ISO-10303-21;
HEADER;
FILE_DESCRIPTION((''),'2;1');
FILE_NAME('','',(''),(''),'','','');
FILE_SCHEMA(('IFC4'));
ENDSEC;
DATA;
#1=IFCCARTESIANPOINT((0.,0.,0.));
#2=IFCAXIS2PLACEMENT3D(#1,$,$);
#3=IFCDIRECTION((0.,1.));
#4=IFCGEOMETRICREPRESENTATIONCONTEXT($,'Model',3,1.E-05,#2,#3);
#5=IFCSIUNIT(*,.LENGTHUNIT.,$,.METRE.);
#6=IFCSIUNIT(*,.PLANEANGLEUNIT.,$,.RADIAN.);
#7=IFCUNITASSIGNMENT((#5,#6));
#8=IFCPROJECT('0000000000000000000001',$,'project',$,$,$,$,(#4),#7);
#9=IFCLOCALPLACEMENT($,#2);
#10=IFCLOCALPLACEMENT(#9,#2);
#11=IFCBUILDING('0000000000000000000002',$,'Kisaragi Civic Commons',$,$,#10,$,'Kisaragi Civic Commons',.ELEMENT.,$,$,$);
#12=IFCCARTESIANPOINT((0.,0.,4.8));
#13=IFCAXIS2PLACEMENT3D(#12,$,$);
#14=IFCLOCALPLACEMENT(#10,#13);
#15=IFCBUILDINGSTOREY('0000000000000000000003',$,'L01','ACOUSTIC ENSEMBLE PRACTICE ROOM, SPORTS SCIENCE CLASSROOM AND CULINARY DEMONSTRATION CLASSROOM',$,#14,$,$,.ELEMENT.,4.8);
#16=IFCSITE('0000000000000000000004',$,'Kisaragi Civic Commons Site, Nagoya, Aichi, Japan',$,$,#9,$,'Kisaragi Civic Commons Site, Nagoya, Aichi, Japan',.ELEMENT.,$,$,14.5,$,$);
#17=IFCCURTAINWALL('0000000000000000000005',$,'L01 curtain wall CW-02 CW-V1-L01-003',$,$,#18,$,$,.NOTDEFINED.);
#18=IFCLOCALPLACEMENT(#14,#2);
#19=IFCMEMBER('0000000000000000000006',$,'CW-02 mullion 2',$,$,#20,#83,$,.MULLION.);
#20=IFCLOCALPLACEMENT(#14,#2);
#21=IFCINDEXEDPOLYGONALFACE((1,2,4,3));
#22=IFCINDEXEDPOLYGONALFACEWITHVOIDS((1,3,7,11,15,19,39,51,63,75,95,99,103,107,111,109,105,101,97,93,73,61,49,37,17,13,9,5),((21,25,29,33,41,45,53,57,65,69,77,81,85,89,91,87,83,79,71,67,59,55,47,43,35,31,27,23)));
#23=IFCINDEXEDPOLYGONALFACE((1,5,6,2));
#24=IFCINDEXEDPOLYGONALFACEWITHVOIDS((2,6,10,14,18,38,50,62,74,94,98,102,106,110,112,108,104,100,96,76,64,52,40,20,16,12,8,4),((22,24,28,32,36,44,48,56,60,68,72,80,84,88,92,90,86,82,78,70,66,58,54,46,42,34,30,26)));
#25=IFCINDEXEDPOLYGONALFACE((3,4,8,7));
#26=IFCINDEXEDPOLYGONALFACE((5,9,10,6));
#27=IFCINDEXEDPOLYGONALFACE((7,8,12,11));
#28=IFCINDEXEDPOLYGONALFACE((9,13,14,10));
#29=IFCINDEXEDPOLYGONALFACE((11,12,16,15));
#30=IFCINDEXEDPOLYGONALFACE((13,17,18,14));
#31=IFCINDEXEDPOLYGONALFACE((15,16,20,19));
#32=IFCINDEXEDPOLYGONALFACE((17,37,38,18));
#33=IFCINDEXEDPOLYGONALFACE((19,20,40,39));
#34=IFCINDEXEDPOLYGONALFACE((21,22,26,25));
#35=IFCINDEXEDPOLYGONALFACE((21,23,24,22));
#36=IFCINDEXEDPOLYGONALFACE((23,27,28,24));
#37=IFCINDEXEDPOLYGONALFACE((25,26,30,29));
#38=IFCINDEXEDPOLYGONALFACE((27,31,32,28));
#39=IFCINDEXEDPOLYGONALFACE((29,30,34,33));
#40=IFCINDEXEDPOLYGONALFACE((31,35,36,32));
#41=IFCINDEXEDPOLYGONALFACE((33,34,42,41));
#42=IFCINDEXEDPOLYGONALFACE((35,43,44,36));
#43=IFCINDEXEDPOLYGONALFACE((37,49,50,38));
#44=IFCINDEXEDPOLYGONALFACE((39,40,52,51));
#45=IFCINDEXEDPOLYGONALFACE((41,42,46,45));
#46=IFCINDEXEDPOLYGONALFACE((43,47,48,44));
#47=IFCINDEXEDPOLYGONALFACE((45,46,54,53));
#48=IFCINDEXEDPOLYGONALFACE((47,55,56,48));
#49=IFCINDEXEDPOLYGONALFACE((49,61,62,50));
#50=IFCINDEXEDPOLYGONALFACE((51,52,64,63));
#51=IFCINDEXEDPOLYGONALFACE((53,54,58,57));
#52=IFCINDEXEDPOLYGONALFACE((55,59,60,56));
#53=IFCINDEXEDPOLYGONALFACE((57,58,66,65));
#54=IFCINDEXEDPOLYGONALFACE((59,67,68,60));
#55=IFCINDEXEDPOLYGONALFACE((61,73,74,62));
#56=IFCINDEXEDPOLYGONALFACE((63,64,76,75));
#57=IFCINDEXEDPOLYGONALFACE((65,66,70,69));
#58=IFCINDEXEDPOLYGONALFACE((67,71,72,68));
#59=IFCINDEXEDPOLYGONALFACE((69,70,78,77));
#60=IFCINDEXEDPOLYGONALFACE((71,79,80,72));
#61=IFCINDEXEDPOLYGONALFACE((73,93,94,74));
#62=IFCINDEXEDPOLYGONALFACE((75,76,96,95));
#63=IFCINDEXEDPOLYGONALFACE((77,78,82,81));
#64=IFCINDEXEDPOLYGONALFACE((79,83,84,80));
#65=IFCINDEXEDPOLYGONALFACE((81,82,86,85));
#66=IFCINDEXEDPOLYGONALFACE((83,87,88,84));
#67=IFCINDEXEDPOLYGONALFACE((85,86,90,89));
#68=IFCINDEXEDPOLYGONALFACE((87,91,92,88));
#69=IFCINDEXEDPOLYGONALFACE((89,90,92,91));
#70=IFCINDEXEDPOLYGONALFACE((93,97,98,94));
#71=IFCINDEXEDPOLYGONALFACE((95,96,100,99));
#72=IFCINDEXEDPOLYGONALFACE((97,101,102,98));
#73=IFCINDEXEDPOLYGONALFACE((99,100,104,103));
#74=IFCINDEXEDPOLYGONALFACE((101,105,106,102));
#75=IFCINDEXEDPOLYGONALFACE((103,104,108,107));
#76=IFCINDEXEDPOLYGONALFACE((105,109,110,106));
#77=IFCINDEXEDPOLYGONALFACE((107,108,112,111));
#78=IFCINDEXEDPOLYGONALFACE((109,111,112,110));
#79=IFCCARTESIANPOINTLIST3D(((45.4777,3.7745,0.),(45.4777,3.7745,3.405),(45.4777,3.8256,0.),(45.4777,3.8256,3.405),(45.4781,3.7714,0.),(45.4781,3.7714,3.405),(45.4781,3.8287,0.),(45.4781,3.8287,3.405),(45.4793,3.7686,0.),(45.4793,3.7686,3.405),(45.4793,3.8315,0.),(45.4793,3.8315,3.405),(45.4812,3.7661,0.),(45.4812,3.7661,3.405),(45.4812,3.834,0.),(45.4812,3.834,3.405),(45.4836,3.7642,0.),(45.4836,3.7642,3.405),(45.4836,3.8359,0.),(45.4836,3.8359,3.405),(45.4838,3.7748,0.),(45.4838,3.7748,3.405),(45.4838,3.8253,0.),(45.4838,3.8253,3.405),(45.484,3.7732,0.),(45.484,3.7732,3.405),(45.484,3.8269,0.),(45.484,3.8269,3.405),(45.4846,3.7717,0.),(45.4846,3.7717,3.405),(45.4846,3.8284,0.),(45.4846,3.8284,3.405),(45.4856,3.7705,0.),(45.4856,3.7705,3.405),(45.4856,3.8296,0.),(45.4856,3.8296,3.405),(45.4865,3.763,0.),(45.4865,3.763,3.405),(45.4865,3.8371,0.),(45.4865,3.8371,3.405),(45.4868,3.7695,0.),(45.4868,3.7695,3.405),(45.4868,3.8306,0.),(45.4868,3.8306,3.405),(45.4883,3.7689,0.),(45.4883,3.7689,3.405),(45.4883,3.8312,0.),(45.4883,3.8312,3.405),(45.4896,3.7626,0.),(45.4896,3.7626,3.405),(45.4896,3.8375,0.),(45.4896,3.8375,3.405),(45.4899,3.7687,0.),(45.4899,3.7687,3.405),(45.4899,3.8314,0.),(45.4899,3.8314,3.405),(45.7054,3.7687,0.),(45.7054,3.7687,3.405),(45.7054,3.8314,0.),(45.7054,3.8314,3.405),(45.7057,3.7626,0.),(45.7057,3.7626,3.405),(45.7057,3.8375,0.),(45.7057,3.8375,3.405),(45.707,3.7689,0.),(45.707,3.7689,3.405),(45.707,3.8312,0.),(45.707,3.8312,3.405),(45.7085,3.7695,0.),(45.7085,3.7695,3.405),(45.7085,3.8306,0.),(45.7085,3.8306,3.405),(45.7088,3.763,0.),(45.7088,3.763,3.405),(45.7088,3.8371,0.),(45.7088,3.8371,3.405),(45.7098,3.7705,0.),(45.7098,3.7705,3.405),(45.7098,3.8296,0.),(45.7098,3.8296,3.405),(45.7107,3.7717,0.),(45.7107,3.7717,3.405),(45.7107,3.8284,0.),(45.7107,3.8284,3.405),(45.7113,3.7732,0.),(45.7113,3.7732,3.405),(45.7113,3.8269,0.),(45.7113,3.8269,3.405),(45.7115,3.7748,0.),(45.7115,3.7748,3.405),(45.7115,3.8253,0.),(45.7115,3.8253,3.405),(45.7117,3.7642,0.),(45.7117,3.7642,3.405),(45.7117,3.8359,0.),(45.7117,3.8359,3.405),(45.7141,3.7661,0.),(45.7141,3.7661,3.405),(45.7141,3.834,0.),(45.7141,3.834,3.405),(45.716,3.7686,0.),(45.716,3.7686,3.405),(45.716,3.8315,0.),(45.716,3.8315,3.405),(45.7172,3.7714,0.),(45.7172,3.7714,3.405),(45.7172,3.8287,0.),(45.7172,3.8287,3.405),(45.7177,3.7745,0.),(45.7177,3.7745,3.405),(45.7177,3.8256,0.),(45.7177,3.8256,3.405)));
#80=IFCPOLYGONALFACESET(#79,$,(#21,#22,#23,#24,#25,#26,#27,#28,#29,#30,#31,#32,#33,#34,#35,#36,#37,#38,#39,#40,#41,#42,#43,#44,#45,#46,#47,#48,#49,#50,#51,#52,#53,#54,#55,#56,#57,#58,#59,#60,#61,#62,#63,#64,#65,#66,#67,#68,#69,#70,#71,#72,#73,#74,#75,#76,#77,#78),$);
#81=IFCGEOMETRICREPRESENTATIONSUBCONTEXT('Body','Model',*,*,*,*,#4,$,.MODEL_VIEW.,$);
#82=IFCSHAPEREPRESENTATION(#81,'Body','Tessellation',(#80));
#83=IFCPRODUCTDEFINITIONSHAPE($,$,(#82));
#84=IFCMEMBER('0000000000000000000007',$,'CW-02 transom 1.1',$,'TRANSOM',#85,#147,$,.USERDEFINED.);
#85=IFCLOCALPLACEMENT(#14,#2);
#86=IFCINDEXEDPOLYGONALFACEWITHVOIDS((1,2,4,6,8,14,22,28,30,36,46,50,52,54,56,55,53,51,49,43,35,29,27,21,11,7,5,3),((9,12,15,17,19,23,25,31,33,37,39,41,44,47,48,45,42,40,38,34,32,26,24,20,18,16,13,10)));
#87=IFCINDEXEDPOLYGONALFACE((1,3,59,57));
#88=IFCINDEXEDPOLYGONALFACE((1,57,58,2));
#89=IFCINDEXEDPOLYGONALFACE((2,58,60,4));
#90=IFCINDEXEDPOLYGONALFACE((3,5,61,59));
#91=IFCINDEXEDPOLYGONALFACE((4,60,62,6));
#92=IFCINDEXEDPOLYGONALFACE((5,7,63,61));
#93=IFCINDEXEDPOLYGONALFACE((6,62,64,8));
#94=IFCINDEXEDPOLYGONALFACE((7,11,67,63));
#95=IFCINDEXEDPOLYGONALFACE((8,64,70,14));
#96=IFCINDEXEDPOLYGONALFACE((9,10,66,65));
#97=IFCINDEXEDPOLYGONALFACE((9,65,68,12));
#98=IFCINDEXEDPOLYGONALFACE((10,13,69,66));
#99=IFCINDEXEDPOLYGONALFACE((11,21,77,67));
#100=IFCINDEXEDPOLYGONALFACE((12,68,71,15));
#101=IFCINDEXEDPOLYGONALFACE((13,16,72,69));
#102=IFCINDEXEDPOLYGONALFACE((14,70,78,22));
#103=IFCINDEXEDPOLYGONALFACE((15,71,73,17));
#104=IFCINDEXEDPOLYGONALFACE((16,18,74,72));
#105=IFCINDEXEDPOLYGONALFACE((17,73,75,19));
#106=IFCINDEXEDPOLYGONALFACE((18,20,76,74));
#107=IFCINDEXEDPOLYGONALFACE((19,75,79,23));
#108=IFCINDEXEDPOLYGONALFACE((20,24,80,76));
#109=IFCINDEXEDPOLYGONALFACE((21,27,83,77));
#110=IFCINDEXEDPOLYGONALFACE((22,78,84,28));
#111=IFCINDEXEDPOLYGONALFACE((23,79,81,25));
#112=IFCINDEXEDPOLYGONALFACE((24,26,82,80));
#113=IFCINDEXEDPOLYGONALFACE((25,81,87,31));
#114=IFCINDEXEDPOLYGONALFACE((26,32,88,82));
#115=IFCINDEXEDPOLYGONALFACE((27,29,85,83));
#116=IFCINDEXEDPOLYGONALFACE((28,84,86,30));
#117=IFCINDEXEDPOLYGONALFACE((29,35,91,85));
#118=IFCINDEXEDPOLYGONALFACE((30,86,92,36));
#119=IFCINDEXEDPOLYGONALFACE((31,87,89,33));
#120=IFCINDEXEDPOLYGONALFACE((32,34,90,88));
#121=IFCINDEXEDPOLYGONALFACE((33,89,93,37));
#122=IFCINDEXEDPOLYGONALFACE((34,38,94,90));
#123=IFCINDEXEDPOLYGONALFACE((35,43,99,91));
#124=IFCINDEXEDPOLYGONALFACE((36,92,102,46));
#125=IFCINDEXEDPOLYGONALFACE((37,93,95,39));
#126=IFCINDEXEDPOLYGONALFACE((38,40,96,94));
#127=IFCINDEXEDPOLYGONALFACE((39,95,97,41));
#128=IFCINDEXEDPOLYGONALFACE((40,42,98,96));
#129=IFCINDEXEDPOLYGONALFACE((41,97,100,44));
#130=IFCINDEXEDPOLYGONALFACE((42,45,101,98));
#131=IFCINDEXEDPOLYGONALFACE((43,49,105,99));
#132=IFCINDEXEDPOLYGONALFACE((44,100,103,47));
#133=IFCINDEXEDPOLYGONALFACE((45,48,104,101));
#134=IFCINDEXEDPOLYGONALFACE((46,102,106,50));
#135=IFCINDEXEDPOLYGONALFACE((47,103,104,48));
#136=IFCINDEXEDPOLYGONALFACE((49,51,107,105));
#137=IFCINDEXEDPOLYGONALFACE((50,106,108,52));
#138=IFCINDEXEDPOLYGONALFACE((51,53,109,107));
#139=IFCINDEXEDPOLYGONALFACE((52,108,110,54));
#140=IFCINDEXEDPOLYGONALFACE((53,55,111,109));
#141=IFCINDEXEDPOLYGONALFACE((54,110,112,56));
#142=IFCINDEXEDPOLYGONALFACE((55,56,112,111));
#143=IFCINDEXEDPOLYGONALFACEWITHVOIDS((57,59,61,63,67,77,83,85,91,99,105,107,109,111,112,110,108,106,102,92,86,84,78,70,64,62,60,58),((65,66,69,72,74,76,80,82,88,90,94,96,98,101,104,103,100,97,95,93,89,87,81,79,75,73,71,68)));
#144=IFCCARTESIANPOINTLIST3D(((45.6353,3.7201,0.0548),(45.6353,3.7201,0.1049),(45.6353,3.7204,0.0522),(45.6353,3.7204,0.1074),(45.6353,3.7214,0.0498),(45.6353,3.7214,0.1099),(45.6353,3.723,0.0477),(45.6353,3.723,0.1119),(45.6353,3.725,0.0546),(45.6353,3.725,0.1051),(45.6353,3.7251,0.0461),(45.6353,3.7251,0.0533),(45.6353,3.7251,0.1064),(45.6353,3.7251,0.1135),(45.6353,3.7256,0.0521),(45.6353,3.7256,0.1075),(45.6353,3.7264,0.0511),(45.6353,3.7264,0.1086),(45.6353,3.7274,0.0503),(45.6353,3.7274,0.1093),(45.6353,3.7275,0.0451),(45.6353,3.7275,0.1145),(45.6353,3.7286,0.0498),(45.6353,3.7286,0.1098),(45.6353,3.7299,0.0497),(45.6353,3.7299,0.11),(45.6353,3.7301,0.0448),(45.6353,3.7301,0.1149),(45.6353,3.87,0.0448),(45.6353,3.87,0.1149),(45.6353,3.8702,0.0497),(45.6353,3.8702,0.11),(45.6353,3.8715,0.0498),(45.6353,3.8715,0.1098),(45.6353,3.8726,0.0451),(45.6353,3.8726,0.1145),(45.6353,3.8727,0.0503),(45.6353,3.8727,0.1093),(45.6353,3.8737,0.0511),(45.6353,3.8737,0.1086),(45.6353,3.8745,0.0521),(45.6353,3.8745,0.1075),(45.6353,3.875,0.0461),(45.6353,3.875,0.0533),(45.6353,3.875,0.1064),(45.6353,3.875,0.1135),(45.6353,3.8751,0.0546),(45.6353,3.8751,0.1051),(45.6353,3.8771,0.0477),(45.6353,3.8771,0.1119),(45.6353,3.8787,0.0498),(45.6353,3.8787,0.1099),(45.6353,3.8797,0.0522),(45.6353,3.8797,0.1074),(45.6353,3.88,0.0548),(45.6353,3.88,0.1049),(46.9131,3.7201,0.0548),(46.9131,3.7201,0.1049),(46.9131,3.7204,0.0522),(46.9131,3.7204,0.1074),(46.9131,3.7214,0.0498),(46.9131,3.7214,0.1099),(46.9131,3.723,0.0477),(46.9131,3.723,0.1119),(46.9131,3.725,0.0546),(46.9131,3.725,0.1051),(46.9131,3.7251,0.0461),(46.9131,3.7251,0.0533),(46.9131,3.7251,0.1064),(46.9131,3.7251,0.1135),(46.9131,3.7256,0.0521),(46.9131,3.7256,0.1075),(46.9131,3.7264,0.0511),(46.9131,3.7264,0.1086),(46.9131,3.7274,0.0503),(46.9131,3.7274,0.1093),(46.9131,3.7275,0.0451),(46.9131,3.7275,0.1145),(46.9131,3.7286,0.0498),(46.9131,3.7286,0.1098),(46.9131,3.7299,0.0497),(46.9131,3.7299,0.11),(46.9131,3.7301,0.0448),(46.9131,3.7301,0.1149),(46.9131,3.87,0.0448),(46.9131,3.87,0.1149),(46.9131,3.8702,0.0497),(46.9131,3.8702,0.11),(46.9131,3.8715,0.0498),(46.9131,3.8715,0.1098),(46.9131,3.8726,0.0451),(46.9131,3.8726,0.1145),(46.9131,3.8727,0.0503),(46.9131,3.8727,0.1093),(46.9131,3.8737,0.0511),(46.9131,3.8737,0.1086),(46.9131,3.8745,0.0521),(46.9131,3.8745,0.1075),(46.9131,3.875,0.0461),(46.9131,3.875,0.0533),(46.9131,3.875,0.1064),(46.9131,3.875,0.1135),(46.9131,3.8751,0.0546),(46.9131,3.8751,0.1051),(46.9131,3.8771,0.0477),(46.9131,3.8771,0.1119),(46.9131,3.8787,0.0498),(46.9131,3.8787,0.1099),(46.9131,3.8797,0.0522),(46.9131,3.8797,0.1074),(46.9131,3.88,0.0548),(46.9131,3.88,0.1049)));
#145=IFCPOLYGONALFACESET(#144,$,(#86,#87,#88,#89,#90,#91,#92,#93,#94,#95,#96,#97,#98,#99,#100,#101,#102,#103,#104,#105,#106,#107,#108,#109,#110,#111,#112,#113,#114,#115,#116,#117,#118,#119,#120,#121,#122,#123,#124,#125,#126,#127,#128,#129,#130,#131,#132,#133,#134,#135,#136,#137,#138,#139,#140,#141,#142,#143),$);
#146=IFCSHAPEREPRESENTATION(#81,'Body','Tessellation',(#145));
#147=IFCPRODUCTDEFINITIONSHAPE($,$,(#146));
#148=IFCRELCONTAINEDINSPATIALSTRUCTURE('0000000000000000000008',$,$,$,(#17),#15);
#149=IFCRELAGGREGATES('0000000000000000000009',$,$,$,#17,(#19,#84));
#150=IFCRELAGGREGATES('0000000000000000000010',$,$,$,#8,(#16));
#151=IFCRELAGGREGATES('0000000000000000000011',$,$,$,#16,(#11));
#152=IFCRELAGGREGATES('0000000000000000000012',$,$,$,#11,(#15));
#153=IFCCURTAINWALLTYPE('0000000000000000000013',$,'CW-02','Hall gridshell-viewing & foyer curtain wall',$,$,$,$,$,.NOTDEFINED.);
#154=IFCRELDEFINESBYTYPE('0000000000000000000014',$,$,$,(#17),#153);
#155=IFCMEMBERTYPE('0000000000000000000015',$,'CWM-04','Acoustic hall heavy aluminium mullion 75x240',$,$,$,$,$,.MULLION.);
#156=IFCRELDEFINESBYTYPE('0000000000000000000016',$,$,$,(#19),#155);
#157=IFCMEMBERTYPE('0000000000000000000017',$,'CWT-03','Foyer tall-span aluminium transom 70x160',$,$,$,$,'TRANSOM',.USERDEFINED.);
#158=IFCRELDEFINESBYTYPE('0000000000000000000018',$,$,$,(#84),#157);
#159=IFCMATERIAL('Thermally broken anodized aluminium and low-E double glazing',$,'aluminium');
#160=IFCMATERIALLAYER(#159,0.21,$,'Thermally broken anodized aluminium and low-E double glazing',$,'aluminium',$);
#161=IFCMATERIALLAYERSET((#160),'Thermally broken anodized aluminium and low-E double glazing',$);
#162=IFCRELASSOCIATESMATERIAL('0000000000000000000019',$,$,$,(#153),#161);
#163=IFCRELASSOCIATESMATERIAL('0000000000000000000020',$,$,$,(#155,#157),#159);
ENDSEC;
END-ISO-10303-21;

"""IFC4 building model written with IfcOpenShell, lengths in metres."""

from ifc_helpers import new_model, si_unit, direction, frame, origin, origin_2d, place, context, subcontext, project, spatial, hollow_rectangle, extrude, material, layer, layer_set, material_profile, profile_set, type_object, element, aggregate, save


model = new_model("IFC4")

# Units and contexts
model_context = context("Model", 3, precision=1e-05, world=origin(), true_north=direction((0.0, 1.0)))
body_context = subcontext(model_context, "Body", "Model", "MODEL_VIEW")
ifc_project = project(units=[si_unit("LENGTHUNIT", "METRE"), si_unit("PLANEANGLEUNIT", "RADIAN")], contexts=[model_context])

# Site, building, storey
site_placement = place(None, origin())
site = spatial("IfcSite", under=ifc_project, at=site_placement, Name="Kisaragi Civic Commons Site, Nagoya, Aichi, Japan", LongName="Kisaragi Civic Commons Site, Nagoya, Aichi, Japan", CompositionType="ELEMENT", RefElevation=14.5)
building_placement = place(site_placement, origin())
building = spatial("IfcBuilding", under=site, at=building_placement, Name="Kisaragi Civic Commons", LongName="Kisaragi Civic Commons", CompositionType="ELEMENT")
storey_placement = place(building_placement, frame((0.0, 0.0, 4.8)))
storey = spatial("IfcBuildingStorey", under=building, at=storey_placement, Name="L01", Description="ACOUSTIC ENSEMBLE PRACTICE ROOM, SPORTS SCIENCE CLASSROOM AND CULINARY DEMONSTRATION CLASSROOM", CompositionType="ELEMENT", Elevation=4.8)

# Shared definitions
ifc_material_1 = material(Name="Thermally broken anodized aluminium and low-E double glazing", Category="aluminium")
ifc_layer_1 = layer(ifc_material_1, 0.21, Name="Thermally broken anodized aluminium and low-E double glazing", Category="aluminium")
ifc_layer_set_1 = layer_set([ifc_layer_1], Name="Thermally broken anodized aluminium and low-E double glazing")
curtain_wall_type = type_object("IfcCurtainWallType", Name="CW-02", Description="Hall gridshell-viewing & foyer curtain wall", PredefinedType="NOTDEFINED", material=ifc_layer_set_1)
ifc_material_profile_1 = material_profile(ifc_material_1, hollow_rectangle(XDim=0.075, YDim=0.24, WallThickness=0.0061, InnerFilletRadius=0.0061, OuterFilletRadius=0.012, at=origin_2d()), Name="CWM-75x240x6", Category="aluminium")
ifc_profile_set_1 = profile_set([ifc_material_profile_1], Name="Thermally broken anodized aluminium and low-E double glazing")
member_type_1 = type_object("IfcMemberType", Name="CWM-04", Description="Acoustic hall heavy aluminium mullion 75x240", PredefinedType="MULLION", material=ifc_profile_set_1)

# Curtain wall, members
curtain_wall_1_placement = place(storey_placement, origin())
curtain_wall_1 = element("IfcCurtainWall", 1, at=curtain_wall_1_placement, inside=storey, type_object=curtain_wall_type, Name="L01 curtain wall CW-02 CW-V1-L01-003", PredefinedType="NOTDEFINED")
member_1_placement = place(storey_placement, frame((45.5977, 3.8, 0.0), z_axis=(0.0, 0.0, 1.0), x_axis=(0.0, -1.0, 0.0)))
member_1 = element("IfcMember", 2, at=member_1_placement, type_object=member_type_1, Name="CW-02 mullion 2", PredefinedType="MULLION", context=body_context, shape_type="SweptSolid", body=[
    extrude(hollow_rectangle(XDim=0.075, YDim=0.24, WallThickness=0.0061, InnerFilletRadius=0.0061, OuterFilletRadius=0.012, at=origin_2d()), origin(), (0.0, 0.0, 1.0), 3.405),
])
ifc_material_profile_2 = material_profile(ifc_material_1, hollow_rectangle(XDim=0.1599, YDim=0.0701, WallThickness=0.0049, InnerFilletRadius=0.0049, OuterFilletRadius=0.01, at=origin_2d()), Name="CWT-70x160x5", Category="aluminium")
ifc_profile_set_2 = profile_set([ifc_material_profile_2], Name="Thermally broken anodized aluminium and low-E double glazing")
member_type_2 = type_object("IfcMemberType", Name="CWT-03", Description="Foyer tall-span aluminium transom 70x160", ElementType="TRANSOM", PredefinedType="USERDEFINED", material=ifc_profile_set_2)
member_2_placement = place(storey_placement, frame((46.9131, 3.8, 0.0798), z_axis=(-1.0, 0.0, 0.0), x_axis=(0.0, -1.0, 0.0)))
member_2 = element("IfcMember", 3, at=member_2_placement, type_object=member_type_2, Name="CW-02 transom 1.1", ObjectType="TRANSOM", PredefinedType="USERDEFINED", context=body_context, shape_type="SweptSolid", body=[
    extrude(hollow_rectangle(XDim=0.1599, YDim=0.0701, WallThickness=0.0049, InnerFilletRadius=0.0049, OuterFilletRadius=0.01, at=origin_2d()), origin(), (0.0, 0.0, 1.0), 1.2778),
])

aggregate(curtain_wall_1, [member_1, member_2])

save(model, "model.ifc")
